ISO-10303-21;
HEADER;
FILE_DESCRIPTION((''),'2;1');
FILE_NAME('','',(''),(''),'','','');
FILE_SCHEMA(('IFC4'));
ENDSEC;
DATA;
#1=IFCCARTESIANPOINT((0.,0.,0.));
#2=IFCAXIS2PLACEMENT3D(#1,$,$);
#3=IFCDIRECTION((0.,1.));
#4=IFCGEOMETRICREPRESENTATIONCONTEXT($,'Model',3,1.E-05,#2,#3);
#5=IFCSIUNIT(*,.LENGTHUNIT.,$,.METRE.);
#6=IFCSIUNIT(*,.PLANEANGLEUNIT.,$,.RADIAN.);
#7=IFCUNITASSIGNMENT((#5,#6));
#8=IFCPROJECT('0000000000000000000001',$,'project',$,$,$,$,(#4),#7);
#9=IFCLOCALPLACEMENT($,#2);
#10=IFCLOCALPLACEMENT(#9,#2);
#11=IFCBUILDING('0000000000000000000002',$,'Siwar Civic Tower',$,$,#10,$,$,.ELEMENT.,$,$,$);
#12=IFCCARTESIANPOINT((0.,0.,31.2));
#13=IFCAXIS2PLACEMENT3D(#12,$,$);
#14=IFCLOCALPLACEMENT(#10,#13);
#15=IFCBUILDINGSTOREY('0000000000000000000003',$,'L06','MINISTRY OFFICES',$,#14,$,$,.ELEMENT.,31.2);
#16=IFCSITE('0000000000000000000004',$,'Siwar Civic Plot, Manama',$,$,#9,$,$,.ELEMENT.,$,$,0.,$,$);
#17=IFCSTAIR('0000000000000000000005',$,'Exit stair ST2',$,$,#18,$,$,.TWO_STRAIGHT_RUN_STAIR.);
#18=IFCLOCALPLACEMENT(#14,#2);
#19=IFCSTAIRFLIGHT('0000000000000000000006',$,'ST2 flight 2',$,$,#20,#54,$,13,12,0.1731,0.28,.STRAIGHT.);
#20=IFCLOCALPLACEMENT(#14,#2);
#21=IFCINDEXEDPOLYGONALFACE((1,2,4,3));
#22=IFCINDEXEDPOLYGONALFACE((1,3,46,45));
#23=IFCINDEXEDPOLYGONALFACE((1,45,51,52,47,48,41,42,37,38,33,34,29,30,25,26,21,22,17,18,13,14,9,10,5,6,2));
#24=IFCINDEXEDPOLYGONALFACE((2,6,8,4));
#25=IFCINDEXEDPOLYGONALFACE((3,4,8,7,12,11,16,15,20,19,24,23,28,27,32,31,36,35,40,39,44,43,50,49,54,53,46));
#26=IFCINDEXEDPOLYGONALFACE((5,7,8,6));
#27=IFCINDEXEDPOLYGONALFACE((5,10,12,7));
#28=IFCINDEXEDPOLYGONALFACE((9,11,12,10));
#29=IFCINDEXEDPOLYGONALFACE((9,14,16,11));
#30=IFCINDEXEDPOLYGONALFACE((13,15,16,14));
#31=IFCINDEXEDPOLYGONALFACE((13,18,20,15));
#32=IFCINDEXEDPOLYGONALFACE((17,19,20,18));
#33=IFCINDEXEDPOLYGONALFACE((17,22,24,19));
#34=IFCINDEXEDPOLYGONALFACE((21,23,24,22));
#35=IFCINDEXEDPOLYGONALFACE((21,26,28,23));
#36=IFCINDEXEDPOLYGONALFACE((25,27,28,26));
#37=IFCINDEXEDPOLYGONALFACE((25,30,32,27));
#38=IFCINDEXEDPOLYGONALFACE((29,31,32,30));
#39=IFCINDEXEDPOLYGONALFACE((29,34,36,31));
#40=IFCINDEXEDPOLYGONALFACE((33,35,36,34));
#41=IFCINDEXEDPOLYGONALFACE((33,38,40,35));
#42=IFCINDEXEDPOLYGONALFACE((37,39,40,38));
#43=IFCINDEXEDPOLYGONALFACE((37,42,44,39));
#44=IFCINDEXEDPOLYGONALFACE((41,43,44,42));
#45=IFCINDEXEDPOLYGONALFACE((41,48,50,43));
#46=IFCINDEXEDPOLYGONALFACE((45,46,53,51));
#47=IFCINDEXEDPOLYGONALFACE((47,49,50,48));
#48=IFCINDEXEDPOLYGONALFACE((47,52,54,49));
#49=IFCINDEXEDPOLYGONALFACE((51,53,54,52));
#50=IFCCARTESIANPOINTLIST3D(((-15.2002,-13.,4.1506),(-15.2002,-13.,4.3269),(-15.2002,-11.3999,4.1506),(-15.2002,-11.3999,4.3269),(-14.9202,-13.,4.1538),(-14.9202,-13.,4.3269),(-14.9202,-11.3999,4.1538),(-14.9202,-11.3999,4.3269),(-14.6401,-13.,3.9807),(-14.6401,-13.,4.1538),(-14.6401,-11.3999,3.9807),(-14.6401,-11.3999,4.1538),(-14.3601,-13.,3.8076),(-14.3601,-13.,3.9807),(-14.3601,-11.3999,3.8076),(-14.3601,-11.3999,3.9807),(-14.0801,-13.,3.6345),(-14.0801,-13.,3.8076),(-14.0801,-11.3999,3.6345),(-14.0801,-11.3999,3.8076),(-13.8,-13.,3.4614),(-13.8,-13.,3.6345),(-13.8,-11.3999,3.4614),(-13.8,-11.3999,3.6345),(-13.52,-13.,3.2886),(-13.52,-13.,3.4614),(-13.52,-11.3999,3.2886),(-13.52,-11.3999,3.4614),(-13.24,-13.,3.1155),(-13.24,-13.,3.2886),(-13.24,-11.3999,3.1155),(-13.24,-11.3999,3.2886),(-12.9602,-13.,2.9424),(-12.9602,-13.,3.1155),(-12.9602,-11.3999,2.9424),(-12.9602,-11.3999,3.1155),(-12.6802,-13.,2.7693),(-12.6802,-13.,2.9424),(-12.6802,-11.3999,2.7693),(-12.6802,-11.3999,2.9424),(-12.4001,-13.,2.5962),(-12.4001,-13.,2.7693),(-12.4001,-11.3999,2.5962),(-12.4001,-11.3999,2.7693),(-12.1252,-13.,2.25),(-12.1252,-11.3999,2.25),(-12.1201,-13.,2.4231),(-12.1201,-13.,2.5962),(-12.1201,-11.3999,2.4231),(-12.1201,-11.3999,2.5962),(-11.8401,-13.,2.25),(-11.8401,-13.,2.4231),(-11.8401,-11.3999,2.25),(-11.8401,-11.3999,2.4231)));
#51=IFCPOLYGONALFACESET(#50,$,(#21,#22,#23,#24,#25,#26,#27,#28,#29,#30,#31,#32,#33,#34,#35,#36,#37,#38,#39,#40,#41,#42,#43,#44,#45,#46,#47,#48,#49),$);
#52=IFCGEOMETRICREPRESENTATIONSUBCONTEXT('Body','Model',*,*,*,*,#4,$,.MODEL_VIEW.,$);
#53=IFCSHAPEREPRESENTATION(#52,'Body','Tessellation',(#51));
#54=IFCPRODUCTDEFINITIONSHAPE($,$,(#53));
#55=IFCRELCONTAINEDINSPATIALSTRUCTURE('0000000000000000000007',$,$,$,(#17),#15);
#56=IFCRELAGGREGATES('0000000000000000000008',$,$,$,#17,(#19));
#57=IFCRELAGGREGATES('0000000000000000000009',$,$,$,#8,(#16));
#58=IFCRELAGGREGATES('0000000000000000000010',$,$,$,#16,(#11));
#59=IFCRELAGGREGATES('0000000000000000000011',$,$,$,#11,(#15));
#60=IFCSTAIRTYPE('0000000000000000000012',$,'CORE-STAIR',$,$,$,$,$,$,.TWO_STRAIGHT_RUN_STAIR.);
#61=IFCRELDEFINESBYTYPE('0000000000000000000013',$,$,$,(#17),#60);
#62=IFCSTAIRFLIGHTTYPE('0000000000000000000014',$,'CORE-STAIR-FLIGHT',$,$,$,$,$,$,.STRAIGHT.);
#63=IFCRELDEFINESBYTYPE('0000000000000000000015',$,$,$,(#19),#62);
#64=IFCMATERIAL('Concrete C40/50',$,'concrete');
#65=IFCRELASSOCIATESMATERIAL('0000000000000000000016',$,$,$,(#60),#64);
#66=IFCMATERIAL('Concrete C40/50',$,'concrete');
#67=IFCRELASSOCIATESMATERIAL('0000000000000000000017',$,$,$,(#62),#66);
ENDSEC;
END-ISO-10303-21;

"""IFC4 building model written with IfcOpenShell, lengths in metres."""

from ifc_helpers import new_model, si_unit, direction, frame, origin, place, context, subcontext, project, spatial, polyline, outline, extrude, material, type_object, element, aggregate, save


model = new_model("IFC4")

# Units and contexts
model_context = context("Model", 3, precision=1e-05, world=origin(), true_north=direction((0.0, 1.0)))
body_context = subcontext(model_context, "Body", "Model", "MODEL_VIEW")
ifc_project = project(units=[si_unit("LENGTHUNIT", "METRE"), si_unit("PLANEANGLEUNIT", "RADIAN")], contexts=[model_context])

# Site, building, storey
site_placement = place(None, origin())
site = spatial("IfcSite", under=ifc_project, at=site_placement, Name="Siwar Civic Plot, Manama", CompositionType="ELEMENT", RefElevation=0.0)
building_placement = place(site_placement, origin())
building = spatial("IfcBuilding", under=site, at=building_placement, Name="Siwar Civic Tower", CompositionType="ELEMENT")
storey_placement = place(building_placement, frame((0.0, 0.0, 31.2)))
storey = spatial("IfcBuildingStorey", under=building, at=storey_placement, Name="L06", Description="MINISTRY OFFICES", CompositionType="ELEMENT", Elevation=31.2)

# Stair, stair flight
ifc_material_1 = material(Name="Concrete C40/50", Category="concrete")
stair_type = type_object("IfcStairType", Name="CORE-STAIR", PredefinedType="TWO_STRAIGHT_RUN_STAIR", material=ifc_material_1)
stair_placement = place(storey_placement, origin())
stair = element("IfcStair", 1, at=stair_placement, inside=storey, type_object=stair_type, Name="Exit stair ST2", PredefinedType="TWO_STRAIGHT_RUN_STAIR")
ifc_material_2 = material(Name="Concrete C40/50", Category="concrete")
stair_flight_type = type_object("IfcStairFlightType", Name="CORE-STAIR-FLIGHT", PredefinedType="STRAIGHT", material=ifc_material_2)
stair_flight_1_placement = place(storey_placement, frame((-11.8401, -12.2, 2.25), z_axis=(0.0, 0.0, 1.0), x_axis=(-1.0, 0.0, 0.0)))
stair_flight_1 = element("IfcStairFlight", 2, at=stair_flight_1_placement, type_object=stair_flight_type, Name="ST2 flight 2", NumberOfRisers=13, NumberOfTreads=12, PredefinedType="STRAIGHT", RiserHeight=0.1731, TreadLength=0.28, context=body_context, shape_type="SweptSolid", body=[
    extrude(outline(polyline([(0.0, 0.0), (0.0, 0.1731), (0.28, 0.1731), (0.28, 0.3462), (0.5601, 0.3462), (0.5601, 0.5193), (0.8401, 0.5193), (0.8401, 0.6924), (1.1201, 0.6924), (1.1201, 0.8655), (1.3999, 0.8655), (1.3999, 1.0386), (1.6799, 1.0386), (1.6799, 1.2114), (1.96, 1.2114), (1.96, 1.3845), (2.24, 1.3845), (2.24, 1.5576), (2.52, 1.5576), (2.52, 1.7307), (2.8, 1.7307), (2.8, 1.9038), (3.0801, 1.9038), (3.0801, 2.0769), (3.3601, 2.0769), (3.3601, 2.25), (3.3601, 1.9006), (0.2852, 0.0), (0.0, 0.0)])), frame((0.0, 0.8, 0.0), z_axis=(0.0, -1.0, 0.0), x_axis=(1.0, 0.0, 0.0)), (0.0, 0.0, 1.0), 1.6001),
])
aggregate(stair, [stair_flight_1])

save(model, "model.ifc")
